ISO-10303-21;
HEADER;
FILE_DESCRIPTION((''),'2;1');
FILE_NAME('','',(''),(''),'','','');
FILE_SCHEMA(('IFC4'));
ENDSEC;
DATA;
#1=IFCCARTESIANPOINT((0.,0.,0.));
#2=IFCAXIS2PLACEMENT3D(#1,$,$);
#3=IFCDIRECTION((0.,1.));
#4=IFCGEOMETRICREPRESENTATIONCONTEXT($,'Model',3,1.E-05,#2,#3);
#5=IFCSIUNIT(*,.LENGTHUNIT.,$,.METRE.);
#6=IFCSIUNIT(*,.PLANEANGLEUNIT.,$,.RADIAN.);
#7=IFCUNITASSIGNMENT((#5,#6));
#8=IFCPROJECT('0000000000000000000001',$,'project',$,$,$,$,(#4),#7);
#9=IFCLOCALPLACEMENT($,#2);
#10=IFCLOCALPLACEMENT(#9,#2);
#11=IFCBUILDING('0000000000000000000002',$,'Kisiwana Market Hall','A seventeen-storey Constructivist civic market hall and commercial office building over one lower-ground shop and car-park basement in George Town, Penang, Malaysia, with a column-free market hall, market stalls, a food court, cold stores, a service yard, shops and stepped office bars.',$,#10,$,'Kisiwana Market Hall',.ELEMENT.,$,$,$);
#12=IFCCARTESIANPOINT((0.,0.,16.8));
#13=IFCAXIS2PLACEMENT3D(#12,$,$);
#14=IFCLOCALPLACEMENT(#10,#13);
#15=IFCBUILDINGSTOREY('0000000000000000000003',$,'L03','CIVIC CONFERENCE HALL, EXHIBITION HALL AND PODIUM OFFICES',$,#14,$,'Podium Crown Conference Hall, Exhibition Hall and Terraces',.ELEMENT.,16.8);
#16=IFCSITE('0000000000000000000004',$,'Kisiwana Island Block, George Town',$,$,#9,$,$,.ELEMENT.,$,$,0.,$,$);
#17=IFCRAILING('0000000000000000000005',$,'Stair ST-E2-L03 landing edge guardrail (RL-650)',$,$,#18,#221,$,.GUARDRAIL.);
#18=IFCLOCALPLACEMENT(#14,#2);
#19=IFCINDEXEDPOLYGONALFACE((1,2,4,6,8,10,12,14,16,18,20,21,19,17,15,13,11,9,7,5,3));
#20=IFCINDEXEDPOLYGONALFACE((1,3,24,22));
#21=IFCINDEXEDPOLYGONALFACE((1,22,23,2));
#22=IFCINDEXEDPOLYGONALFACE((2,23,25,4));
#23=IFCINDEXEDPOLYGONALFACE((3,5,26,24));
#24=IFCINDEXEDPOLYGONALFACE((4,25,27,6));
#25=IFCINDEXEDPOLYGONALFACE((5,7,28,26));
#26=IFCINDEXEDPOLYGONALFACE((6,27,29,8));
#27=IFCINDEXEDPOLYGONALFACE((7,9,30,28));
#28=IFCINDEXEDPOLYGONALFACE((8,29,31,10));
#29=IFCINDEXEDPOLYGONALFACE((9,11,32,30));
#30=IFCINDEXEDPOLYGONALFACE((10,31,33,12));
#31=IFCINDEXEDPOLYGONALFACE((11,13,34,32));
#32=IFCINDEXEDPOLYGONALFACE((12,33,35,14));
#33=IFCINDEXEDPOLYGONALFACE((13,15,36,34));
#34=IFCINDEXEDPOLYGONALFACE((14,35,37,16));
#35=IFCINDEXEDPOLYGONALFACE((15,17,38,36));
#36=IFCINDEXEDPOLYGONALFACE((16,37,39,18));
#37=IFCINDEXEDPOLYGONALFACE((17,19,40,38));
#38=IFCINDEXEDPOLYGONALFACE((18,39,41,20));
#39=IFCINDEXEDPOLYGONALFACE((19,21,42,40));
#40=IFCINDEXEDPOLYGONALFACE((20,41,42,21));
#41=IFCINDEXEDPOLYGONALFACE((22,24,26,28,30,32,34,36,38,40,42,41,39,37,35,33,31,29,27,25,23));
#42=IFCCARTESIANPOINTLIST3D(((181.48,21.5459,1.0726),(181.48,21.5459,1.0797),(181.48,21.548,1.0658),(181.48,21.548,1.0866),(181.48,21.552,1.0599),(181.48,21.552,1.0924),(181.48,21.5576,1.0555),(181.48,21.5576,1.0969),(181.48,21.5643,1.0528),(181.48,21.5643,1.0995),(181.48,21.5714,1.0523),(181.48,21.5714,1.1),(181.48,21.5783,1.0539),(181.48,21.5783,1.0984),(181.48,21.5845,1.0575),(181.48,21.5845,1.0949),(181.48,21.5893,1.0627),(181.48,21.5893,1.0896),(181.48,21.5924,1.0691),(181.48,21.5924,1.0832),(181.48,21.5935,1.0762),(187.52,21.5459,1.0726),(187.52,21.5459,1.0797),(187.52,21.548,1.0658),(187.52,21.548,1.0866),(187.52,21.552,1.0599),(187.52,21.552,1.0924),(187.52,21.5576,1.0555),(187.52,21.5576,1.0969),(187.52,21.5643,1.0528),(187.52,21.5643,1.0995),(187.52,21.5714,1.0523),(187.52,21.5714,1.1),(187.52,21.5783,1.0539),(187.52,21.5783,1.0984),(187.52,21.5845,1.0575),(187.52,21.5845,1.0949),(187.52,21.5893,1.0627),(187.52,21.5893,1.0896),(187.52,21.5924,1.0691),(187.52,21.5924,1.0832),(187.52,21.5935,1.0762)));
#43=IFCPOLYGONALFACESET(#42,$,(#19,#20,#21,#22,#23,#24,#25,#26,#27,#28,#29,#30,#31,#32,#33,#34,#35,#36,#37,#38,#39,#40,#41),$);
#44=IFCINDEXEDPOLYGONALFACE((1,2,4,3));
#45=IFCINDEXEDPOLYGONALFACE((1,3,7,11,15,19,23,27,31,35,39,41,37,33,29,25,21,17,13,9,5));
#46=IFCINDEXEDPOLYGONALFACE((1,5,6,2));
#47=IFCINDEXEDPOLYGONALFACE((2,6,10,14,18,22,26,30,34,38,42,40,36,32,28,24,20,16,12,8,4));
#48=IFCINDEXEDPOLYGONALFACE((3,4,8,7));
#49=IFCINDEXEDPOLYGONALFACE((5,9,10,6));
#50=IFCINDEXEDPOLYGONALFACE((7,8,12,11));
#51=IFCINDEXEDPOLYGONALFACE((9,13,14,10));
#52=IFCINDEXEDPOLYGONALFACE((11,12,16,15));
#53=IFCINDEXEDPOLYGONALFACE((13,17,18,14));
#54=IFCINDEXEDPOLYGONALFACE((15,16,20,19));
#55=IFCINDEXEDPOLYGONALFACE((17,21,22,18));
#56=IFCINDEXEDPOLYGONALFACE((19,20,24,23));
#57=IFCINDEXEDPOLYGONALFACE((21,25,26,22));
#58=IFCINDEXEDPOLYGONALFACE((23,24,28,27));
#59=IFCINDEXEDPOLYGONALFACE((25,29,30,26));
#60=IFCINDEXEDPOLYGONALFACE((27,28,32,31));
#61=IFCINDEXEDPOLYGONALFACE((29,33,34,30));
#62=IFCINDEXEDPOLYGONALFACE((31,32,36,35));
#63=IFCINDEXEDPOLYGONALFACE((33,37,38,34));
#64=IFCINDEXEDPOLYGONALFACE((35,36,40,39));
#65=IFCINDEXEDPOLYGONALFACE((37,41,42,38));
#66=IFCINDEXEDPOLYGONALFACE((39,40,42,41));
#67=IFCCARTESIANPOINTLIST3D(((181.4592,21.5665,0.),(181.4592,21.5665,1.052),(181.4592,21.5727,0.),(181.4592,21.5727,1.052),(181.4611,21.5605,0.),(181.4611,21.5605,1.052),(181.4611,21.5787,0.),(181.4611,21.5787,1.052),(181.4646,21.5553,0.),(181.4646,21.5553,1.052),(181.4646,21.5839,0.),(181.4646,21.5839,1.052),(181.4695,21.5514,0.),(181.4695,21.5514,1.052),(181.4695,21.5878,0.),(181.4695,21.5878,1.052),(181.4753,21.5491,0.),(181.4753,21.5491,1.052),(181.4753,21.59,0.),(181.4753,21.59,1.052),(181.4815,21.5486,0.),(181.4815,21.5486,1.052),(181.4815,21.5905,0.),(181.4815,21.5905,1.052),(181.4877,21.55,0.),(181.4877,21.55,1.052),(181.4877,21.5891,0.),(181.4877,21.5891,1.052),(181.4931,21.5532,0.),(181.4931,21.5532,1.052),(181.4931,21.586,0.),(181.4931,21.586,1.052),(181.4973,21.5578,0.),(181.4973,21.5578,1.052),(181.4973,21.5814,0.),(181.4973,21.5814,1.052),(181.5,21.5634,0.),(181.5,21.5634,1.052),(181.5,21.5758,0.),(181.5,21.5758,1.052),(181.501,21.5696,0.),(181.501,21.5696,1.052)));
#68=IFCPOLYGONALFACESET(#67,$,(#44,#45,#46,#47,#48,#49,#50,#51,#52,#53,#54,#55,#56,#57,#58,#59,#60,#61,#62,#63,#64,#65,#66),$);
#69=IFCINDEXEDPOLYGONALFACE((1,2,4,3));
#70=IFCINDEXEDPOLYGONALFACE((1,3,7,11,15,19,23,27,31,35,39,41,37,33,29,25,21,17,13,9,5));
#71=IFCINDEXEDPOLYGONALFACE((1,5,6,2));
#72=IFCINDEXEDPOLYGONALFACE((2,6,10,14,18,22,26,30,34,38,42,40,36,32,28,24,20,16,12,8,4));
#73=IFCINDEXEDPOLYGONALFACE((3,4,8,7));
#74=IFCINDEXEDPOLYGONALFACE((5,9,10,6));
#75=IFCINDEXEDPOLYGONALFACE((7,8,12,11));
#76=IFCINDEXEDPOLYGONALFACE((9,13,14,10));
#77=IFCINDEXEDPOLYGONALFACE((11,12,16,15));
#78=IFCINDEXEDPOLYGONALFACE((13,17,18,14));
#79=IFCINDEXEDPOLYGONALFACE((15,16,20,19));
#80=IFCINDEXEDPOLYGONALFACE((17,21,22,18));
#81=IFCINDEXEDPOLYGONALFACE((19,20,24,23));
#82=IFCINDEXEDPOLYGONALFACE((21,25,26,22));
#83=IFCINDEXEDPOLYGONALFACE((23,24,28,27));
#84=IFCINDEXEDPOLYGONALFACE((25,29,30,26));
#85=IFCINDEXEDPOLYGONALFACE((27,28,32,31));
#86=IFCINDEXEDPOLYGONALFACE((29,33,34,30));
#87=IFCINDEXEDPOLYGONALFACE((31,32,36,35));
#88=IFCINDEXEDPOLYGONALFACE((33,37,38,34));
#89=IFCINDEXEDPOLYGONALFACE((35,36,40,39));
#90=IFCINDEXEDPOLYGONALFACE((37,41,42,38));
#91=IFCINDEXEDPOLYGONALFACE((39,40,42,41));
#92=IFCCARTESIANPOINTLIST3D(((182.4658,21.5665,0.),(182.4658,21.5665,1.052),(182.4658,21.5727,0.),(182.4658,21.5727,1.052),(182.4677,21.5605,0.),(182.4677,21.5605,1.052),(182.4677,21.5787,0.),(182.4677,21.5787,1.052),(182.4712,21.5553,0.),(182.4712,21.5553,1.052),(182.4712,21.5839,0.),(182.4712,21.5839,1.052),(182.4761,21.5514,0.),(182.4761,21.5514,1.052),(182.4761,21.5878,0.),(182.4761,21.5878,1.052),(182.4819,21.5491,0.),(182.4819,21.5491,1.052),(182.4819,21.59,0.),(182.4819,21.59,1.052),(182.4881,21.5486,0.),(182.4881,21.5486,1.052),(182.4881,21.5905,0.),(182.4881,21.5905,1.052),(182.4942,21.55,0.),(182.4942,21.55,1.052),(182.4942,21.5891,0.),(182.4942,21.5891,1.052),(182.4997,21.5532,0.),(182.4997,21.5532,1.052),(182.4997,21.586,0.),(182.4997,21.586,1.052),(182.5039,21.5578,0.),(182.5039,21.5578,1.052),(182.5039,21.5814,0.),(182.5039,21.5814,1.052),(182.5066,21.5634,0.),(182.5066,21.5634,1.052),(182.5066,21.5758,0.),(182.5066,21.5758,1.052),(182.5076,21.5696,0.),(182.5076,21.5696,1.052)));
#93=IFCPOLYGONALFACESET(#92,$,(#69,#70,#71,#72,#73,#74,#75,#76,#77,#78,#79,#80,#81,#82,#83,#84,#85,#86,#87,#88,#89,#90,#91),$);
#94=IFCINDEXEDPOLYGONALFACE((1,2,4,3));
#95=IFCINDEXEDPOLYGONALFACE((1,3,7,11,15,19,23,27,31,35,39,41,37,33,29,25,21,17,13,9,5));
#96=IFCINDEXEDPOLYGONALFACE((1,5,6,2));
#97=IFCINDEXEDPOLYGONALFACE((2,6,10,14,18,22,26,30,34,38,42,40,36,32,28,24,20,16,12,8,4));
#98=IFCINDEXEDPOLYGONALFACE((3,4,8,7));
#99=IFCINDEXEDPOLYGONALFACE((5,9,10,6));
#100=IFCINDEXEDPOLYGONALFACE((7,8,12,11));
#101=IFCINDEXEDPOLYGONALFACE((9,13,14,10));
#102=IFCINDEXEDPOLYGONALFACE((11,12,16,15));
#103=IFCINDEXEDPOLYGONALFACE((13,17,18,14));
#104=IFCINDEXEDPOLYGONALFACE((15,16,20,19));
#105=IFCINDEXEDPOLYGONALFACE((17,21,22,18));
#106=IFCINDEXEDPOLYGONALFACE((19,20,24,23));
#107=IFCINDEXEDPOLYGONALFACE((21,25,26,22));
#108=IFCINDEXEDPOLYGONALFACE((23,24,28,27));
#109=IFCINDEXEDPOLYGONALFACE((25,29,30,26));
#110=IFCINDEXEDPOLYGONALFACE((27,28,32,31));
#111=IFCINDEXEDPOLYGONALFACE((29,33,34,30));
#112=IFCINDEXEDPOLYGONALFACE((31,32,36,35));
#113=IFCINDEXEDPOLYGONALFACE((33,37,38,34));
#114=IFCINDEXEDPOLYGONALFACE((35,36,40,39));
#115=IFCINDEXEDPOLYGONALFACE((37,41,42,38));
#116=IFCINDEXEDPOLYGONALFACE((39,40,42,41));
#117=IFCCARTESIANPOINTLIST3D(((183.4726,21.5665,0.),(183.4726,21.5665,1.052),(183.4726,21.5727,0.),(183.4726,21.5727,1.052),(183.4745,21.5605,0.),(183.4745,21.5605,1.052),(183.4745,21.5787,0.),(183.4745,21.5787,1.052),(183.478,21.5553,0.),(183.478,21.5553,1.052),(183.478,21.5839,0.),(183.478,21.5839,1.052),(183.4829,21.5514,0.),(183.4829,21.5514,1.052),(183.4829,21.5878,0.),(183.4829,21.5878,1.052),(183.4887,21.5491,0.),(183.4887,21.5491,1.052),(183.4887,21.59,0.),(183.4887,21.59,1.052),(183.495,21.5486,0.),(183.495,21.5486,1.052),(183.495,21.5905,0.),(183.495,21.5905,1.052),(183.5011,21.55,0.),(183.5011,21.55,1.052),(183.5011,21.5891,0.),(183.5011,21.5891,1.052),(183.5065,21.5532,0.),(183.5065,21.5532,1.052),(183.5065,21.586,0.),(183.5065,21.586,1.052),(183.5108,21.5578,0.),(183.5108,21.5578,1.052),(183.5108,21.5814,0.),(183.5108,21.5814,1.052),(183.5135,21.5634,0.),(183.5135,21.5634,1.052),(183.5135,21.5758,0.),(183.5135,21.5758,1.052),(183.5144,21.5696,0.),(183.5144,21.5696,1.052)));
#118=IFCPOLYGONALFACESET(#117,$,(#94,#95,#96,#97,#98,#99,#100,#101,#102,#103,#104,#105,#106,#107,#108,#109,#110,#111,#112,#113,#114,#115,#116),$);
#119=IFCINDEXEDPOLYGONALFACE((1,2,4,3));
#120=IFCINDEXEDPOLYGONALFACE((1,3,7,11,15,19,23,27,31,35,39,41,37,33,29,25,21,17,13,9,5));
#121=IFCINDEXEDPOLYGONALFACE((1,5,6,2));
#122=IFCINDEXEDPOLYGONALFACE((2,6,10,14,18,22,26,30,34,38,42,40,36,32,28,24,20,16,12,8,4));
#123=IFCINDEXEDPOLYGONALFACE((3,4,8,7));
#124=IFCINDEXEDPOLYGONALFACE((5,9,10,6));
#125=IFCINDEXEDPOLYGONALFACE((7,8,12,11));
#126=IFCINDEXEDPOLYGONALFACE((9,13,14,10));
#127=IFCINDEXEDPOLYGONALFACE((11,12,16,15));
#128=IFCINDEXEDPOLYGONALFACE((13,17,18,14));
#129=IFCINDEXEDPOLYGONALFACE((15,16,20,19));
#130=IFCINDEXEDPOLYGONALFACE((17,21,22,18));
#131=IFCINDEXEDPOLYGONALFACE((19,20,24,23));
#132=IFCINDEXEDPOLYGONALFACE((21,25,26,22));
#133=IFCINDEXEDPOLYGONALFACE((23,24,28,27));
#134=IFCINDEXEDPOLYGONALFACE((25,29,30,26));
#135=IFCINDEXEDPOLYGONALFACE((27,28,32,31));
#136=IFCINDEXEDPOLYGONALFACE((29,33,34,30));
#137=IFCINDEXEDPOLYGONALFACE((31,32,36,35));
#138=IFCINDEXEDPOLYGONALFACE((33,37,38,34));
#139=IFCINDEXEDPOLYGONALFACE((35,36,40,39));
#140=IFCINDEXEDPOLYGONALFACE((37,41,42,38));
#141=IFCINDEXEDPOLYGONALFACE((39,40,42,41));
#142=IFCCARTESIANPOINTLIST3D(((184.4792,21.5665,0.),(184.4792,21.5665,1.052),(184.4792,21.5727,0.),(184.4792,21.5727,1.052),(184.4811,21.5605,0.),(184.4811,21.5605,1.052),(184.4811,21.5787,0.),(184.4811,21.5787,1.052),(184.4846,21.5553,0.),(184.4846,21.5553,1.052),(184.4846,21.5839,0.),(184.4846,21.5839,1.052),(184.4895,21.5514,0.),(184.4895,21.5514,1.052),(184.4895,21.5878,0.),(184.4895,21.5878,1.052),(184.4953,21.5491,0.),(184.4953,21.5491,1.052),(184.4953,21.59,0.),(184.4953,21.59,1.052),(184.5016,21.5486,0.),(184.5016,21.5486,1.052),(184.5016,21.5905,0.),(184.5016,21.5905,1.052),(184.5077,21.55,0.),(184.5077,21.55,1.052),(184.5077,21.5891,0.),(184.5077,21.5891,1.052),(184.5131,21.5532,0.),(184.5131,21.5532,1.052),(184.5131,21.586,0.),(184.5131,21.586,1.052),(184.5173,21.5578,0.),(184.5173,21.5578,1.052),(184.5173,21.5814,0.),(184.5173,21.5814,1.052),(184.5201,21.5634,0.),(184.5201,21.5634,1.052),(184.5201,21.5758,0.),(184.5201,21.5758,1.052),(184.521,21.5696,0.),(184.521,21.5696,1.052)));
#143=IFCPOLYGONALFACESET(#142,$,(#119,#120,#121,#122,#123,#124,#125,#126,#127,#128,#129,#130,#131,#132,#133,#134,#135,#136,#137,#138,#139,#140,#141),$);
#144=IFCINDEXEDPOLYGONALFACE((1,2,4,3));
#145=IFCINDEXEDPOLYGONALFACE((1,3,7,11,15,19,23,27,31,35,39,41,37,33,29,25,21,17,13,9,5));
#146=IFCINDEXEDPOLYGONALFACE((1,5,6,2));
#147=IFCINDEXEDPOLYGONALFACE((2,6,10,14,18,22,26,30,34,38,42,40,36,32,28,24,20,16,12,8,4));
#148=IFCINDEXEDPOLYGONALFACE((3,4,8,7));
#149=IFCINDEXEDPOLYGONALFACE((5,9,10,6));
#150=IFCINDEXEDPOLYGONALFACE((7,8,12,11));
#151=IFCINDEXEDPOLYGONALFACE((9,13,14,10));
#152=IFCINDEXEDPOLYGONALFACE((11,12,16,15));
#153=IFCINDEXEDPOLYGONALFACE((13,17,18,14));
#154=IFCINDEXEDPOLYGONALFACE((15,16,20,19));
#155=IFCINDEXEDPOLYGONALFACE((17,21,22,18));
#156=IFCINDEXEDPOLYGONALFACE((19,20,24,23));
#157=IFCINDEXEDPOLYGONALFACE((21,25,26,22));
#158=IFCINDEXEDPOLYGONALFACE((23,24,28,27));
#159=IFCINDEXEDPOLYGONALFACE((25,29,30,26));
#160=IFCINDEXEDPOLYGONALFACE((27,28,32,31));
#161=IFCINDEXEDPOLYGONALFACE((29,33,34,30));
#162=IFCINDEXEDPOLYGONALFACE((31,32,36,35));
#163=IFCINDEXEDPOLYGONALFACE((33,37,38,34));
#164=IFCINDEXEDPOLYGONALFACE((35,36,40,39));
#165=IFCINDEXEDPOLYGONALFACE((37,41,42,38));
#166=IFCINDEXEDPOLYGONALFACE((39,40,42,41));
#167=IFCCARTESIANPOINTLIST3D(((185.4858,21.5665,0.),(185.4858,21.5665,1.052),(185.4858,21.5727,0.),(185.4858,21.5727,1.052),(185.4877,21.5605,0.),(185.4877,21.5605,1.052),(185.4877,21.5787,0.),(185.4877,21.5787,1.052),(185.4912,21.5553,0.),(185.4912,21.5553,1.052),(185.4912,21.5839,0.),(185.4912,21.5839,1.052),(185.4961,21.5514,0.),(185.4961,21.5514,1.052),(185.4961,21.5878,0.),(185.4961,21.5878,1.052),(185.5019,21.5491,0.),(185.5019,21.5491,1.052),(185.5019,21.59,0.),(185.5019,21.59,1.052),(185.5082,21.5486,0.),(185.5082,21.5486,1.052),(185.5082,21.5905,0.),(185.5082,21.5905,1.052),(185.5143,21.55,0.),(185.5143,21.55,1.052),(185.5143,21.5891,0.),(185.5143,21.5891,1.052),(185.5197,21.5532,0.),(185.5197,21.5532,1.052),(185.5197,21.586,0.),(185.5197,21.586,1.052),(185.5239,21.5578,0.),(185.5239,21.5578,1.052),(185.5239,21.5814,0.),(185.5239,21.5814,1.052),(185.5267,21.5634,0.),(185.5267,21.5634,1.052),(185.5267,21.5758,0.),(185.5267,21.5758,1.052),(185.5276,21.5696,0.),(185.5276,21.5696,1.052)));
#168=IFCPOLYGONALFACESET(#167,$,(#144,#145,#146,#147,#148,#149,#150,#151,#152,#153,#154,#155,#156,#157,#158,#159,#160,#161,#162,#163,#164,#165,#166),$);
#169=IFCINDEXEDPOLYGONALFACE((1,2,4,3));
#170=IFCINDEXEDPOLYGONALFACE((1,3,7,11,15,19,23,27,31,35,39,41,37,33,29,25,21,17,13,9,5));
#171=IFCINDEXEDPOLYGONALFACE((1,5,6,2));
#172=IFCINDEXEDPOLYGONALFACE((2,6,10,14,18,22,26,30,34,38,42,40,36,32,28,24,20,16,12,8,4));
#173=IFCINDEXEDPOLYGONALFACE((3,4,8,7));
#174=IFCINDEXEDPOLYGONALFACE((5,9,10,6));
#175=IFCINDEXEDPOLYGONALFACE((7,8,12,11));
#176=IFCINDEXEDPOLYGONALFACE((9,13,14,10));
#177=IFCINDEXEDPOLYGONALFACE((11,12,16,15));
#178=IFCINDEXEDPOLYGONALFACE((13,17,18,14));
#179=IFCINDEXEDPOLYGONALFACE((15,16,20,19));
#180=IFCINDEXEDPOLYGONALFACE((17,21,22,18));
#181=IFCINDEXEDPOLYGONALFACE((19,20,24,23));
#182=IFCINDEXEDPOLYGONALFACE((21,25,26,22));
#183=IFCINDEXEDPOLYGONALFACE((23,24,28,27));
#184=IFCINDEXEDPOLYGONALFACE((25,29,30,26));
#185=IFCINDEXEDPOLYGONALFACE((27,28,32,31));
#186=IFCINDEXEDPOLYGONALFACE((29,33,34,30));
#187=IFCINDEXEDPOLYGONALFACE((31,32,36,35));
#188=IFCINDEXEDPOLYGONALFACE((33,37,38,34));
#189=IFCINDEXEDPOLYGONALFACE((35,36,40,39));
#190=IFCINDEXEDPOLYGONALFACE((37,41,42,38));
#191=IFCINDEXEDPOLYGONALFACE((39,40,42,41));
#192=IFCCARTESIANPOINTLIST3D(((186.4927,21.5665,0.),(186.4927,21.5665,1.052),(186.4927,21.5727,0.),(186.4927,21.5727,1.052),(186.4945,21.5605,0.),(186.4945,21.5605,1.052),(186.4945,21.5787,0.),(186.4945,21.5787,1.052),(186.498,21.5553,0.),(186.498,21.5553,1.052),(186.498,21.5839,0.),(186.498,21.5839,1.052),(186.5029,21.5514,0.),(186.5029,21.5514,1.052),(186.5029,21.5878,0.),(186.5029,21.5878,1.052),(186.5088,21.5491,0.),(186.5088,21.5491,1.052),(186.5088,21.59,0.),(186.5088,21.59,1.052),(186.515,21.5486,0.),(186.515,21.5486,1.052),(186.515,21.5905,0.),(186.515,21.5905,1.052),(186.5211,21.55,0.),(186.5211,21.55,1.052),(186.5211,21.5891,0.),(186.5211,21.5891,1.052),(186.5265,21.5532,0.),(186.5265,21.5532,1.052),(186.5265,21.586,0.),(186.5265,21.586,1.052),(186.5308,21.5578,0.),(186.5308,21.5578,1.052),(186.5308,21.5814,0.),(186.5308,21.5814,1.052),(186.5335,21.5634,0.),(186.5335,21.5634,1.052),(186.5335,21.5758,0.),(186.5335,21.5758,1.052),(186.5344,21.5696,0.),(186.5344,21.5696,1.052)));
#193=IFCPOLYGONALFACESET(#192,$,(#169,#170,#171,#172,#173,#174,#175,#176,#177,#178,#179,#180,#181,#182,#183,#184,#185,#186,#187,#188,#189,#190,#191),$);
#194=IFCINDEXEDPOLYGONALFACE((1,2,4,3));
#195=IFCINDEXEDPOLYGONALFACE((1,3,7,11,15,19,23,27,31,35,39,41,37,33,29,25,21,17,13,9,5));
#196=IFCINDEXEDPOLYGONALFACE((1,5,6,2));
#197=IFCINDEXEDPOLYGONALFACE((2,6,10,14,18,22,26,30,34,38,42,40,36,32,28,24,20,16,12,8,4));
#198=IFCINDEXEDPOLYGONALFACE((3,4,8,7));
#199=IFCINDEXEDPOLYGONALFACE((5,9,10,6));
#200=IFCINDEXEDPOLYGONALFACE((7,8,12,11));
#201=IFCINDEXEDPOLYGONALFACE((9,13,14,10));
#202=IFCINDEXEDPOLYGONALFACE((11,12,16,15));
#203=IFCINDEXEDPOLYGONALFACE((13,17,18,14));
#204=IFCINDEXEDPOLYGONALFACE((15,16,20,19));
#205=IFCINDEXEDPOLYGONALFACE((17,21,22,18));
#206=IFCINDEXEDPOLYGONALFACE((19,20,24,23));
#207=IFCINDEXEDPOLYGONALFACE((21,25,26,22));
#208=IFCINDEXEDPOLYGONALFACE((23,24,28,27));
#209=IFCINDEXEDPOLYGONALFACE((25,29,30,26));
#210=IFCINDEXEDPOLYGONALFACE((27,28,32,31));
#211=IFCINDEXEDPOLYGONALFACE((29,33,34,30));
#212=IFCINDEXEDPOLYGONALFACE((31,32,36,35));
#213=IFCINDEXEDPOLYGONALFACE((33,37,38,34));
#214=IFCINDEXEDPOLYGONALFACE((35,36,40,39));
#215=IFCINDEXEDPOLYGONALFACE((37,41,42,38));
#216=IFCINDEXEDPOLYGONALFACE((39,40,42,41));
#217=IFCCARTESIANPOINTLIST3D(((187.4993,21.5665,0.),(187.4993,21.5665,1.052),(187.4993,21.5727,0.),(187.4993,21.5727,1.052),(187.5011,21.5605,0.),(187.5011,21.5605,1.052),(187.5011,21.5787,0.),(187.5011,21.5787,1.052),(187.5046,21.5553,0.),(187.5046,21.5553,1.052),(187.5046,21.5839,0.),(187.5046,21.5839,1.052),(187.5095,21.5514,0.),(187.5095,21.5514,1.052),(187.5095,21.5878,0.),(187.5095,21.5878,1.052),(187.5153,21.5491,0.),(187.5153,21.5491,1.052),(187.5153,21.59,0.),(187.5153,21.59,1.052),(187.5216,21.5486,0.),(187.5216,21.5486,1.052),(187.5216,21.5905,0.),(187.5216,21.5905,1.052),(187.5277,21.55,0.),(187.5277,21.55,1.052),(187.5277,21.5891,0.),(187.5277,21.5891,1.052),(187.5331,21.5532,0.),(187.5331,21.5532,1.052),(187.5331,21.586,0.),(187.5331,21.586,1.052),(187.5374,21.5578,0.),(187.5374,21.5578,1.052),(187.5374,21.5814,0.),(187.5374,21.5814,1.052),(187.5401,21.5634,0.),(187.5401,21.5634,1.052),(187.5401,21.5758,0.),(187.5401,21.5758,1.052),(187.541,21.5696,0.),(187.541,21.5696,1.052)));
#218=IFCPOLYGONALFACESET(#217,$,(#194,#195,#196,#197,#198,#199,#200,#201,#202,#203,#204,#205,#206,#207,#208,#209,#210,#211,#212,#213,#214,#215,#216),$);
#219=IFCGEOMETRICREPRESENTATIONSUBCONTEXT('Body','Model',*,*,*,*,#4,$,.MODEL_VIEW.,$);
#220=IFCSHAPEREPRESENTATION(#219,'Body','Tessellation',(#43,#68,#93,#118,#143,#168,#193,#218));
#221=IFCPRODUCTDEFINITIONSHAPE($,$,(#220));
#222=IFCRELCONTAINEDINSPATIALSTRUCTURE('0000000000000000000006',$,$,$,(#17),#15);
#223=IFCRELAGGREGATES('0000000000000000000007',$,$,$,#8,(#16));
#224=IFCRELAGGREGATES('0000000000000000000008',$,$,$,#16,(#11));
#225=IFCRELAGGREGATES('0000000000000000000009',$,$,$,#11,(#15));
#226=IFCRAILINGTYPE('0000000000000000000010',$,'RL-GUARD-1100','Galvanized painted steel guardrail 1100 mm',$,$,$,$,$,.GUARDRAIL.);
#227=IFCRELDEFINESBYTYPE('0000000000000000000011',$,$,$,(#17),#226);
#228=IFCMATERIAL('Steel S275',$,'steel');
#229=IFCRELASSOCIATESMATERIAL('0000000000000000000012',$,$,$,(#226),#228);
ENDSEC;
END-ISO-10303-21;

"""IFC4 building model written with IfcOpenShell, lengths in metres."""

from ifc_helpers import new_model, si_unit, direction, frame, origin, origin_2d, place, context, subcontext, project, spatial, circle, extrude, material, type_object, element, save


model = new_model("IFC4")

# Units and contexts
model_context = context("Model", 3, precision=1e-05, world=origin(), true_north=direction((0.0, 1.0)))
body_context = subcontext(model_context, "Body", "Model", "MODEL_VIEW")
ifc_project = project(units=[si_unit("LENGTHUNIT", "METRE"), si_unit("PLANEANGLEUNIT", "RADIAN")], contexts=[model_context])

# Site, building, storey
site_placement = place(None, origin())
site = spatial("IfcSite", under=ifc_project, at=site_placement, Name="Kisiwana Island Block, George Town", CompositionType="ELEMENT", RefElevation=0.0)
building_placement = place(site_placement, origin())
building = spatial("IfcBuilding", under=site, at=building_placement, Name="Kisiwana Market Hall", Description="A seventeen-storey Constructivist civic market hall and commercial office building over one lower-ground shop and car-park basement in George Town, Penang, Malaysia, with a column-free market hall, market stalls, a food court, cold stores, a service yard, shops and stepped office bars.", LongName="Kisiwana Market Hall", CompositionType="ELEMENT")
storey_placement = place(building_placement, frame((0.0, 0.0, 16.8)))
storey = spatial("IfcBuildingStorey", under=building, at=storey_placement, Name="L03", Description="CIVIC CONFERENCE HALL, EXHIBITION HALL AND PODIUM OFFICES", LongName="Podium Crown Conference Hall, Exhibition Hall and Terraces", CompositionType="ELEMENT", Elevation=16.8)

# Railing
ifc_material_1 = material(Name="Steel S275", Category="steel")
railing_type_1 = type_object("IfcRailingType", Name="RL-GUARD-1100", Description="Galvanized painted steel guardrail 1100 mm", PredefinedType="GUARDRAIL", material=ifc_material_1)
railing_1_placement = place(storey_placement, frame((181.48, 21.5696, 0.0)))
element("IfcRailing", 1, at=railing_1_placement, inside=storey, type_object=railing_type_1, Name="Stair ST-E2-L03 landing edge guardrail (RL-650)", PredefinedType="GUARDRAIL", context=body_context, shape_type="SweptSolid", body=[
    extrude(circle(Radius=0.0239, at=origin_2d()), frame((0.0, 0.0, 1.0762), z_axis=(1.0, 0.0, 0.0), x_axis=(0.0, 1.0, 0.0)), (0.0, 0.0, 1.0), 6.04),
    extrude(circle(Radius=0.021, at=origin_2d()), origin(), (0.0, 0.0, 1.0), 1.052),
    extrude(circle(Radius=0.021, at=origin_2d()), frame((1.0066, 0.0, 0.0)), (0.0, 0.0, 1.0), 1.052),
    extrude(circle(Radius=0.021, at=origin_2d()), frame((2.0134, 0.0, 0.0)), (0.0, 0.0, 1.0), 1.052),
    extrude(circle(Radius=0.021, at=origin_2d()), frame((3.02, 0.0, 0.0)), (0.0, 0.0, 1.0), 1.052),
    extrude(circle(Radius=0.021, at=origin_2d()), frame((4.0266, 0.0, 0.0)), (0.0, 0.0, 1.0), 1.052),
    extrude(circle(Radius=0.021, at=origin_2d()), frame((5.0334, 0.0, 0.0)), (0.0, 0.0, 1.0), 1.052),
    extrude(circle(Radius=0.021, at=origin_2d()), frame((6.04, 0.0, 0.0)), (0.0, 0.0, 1.0), 1.052),
])

save(model, "model.ifc")
